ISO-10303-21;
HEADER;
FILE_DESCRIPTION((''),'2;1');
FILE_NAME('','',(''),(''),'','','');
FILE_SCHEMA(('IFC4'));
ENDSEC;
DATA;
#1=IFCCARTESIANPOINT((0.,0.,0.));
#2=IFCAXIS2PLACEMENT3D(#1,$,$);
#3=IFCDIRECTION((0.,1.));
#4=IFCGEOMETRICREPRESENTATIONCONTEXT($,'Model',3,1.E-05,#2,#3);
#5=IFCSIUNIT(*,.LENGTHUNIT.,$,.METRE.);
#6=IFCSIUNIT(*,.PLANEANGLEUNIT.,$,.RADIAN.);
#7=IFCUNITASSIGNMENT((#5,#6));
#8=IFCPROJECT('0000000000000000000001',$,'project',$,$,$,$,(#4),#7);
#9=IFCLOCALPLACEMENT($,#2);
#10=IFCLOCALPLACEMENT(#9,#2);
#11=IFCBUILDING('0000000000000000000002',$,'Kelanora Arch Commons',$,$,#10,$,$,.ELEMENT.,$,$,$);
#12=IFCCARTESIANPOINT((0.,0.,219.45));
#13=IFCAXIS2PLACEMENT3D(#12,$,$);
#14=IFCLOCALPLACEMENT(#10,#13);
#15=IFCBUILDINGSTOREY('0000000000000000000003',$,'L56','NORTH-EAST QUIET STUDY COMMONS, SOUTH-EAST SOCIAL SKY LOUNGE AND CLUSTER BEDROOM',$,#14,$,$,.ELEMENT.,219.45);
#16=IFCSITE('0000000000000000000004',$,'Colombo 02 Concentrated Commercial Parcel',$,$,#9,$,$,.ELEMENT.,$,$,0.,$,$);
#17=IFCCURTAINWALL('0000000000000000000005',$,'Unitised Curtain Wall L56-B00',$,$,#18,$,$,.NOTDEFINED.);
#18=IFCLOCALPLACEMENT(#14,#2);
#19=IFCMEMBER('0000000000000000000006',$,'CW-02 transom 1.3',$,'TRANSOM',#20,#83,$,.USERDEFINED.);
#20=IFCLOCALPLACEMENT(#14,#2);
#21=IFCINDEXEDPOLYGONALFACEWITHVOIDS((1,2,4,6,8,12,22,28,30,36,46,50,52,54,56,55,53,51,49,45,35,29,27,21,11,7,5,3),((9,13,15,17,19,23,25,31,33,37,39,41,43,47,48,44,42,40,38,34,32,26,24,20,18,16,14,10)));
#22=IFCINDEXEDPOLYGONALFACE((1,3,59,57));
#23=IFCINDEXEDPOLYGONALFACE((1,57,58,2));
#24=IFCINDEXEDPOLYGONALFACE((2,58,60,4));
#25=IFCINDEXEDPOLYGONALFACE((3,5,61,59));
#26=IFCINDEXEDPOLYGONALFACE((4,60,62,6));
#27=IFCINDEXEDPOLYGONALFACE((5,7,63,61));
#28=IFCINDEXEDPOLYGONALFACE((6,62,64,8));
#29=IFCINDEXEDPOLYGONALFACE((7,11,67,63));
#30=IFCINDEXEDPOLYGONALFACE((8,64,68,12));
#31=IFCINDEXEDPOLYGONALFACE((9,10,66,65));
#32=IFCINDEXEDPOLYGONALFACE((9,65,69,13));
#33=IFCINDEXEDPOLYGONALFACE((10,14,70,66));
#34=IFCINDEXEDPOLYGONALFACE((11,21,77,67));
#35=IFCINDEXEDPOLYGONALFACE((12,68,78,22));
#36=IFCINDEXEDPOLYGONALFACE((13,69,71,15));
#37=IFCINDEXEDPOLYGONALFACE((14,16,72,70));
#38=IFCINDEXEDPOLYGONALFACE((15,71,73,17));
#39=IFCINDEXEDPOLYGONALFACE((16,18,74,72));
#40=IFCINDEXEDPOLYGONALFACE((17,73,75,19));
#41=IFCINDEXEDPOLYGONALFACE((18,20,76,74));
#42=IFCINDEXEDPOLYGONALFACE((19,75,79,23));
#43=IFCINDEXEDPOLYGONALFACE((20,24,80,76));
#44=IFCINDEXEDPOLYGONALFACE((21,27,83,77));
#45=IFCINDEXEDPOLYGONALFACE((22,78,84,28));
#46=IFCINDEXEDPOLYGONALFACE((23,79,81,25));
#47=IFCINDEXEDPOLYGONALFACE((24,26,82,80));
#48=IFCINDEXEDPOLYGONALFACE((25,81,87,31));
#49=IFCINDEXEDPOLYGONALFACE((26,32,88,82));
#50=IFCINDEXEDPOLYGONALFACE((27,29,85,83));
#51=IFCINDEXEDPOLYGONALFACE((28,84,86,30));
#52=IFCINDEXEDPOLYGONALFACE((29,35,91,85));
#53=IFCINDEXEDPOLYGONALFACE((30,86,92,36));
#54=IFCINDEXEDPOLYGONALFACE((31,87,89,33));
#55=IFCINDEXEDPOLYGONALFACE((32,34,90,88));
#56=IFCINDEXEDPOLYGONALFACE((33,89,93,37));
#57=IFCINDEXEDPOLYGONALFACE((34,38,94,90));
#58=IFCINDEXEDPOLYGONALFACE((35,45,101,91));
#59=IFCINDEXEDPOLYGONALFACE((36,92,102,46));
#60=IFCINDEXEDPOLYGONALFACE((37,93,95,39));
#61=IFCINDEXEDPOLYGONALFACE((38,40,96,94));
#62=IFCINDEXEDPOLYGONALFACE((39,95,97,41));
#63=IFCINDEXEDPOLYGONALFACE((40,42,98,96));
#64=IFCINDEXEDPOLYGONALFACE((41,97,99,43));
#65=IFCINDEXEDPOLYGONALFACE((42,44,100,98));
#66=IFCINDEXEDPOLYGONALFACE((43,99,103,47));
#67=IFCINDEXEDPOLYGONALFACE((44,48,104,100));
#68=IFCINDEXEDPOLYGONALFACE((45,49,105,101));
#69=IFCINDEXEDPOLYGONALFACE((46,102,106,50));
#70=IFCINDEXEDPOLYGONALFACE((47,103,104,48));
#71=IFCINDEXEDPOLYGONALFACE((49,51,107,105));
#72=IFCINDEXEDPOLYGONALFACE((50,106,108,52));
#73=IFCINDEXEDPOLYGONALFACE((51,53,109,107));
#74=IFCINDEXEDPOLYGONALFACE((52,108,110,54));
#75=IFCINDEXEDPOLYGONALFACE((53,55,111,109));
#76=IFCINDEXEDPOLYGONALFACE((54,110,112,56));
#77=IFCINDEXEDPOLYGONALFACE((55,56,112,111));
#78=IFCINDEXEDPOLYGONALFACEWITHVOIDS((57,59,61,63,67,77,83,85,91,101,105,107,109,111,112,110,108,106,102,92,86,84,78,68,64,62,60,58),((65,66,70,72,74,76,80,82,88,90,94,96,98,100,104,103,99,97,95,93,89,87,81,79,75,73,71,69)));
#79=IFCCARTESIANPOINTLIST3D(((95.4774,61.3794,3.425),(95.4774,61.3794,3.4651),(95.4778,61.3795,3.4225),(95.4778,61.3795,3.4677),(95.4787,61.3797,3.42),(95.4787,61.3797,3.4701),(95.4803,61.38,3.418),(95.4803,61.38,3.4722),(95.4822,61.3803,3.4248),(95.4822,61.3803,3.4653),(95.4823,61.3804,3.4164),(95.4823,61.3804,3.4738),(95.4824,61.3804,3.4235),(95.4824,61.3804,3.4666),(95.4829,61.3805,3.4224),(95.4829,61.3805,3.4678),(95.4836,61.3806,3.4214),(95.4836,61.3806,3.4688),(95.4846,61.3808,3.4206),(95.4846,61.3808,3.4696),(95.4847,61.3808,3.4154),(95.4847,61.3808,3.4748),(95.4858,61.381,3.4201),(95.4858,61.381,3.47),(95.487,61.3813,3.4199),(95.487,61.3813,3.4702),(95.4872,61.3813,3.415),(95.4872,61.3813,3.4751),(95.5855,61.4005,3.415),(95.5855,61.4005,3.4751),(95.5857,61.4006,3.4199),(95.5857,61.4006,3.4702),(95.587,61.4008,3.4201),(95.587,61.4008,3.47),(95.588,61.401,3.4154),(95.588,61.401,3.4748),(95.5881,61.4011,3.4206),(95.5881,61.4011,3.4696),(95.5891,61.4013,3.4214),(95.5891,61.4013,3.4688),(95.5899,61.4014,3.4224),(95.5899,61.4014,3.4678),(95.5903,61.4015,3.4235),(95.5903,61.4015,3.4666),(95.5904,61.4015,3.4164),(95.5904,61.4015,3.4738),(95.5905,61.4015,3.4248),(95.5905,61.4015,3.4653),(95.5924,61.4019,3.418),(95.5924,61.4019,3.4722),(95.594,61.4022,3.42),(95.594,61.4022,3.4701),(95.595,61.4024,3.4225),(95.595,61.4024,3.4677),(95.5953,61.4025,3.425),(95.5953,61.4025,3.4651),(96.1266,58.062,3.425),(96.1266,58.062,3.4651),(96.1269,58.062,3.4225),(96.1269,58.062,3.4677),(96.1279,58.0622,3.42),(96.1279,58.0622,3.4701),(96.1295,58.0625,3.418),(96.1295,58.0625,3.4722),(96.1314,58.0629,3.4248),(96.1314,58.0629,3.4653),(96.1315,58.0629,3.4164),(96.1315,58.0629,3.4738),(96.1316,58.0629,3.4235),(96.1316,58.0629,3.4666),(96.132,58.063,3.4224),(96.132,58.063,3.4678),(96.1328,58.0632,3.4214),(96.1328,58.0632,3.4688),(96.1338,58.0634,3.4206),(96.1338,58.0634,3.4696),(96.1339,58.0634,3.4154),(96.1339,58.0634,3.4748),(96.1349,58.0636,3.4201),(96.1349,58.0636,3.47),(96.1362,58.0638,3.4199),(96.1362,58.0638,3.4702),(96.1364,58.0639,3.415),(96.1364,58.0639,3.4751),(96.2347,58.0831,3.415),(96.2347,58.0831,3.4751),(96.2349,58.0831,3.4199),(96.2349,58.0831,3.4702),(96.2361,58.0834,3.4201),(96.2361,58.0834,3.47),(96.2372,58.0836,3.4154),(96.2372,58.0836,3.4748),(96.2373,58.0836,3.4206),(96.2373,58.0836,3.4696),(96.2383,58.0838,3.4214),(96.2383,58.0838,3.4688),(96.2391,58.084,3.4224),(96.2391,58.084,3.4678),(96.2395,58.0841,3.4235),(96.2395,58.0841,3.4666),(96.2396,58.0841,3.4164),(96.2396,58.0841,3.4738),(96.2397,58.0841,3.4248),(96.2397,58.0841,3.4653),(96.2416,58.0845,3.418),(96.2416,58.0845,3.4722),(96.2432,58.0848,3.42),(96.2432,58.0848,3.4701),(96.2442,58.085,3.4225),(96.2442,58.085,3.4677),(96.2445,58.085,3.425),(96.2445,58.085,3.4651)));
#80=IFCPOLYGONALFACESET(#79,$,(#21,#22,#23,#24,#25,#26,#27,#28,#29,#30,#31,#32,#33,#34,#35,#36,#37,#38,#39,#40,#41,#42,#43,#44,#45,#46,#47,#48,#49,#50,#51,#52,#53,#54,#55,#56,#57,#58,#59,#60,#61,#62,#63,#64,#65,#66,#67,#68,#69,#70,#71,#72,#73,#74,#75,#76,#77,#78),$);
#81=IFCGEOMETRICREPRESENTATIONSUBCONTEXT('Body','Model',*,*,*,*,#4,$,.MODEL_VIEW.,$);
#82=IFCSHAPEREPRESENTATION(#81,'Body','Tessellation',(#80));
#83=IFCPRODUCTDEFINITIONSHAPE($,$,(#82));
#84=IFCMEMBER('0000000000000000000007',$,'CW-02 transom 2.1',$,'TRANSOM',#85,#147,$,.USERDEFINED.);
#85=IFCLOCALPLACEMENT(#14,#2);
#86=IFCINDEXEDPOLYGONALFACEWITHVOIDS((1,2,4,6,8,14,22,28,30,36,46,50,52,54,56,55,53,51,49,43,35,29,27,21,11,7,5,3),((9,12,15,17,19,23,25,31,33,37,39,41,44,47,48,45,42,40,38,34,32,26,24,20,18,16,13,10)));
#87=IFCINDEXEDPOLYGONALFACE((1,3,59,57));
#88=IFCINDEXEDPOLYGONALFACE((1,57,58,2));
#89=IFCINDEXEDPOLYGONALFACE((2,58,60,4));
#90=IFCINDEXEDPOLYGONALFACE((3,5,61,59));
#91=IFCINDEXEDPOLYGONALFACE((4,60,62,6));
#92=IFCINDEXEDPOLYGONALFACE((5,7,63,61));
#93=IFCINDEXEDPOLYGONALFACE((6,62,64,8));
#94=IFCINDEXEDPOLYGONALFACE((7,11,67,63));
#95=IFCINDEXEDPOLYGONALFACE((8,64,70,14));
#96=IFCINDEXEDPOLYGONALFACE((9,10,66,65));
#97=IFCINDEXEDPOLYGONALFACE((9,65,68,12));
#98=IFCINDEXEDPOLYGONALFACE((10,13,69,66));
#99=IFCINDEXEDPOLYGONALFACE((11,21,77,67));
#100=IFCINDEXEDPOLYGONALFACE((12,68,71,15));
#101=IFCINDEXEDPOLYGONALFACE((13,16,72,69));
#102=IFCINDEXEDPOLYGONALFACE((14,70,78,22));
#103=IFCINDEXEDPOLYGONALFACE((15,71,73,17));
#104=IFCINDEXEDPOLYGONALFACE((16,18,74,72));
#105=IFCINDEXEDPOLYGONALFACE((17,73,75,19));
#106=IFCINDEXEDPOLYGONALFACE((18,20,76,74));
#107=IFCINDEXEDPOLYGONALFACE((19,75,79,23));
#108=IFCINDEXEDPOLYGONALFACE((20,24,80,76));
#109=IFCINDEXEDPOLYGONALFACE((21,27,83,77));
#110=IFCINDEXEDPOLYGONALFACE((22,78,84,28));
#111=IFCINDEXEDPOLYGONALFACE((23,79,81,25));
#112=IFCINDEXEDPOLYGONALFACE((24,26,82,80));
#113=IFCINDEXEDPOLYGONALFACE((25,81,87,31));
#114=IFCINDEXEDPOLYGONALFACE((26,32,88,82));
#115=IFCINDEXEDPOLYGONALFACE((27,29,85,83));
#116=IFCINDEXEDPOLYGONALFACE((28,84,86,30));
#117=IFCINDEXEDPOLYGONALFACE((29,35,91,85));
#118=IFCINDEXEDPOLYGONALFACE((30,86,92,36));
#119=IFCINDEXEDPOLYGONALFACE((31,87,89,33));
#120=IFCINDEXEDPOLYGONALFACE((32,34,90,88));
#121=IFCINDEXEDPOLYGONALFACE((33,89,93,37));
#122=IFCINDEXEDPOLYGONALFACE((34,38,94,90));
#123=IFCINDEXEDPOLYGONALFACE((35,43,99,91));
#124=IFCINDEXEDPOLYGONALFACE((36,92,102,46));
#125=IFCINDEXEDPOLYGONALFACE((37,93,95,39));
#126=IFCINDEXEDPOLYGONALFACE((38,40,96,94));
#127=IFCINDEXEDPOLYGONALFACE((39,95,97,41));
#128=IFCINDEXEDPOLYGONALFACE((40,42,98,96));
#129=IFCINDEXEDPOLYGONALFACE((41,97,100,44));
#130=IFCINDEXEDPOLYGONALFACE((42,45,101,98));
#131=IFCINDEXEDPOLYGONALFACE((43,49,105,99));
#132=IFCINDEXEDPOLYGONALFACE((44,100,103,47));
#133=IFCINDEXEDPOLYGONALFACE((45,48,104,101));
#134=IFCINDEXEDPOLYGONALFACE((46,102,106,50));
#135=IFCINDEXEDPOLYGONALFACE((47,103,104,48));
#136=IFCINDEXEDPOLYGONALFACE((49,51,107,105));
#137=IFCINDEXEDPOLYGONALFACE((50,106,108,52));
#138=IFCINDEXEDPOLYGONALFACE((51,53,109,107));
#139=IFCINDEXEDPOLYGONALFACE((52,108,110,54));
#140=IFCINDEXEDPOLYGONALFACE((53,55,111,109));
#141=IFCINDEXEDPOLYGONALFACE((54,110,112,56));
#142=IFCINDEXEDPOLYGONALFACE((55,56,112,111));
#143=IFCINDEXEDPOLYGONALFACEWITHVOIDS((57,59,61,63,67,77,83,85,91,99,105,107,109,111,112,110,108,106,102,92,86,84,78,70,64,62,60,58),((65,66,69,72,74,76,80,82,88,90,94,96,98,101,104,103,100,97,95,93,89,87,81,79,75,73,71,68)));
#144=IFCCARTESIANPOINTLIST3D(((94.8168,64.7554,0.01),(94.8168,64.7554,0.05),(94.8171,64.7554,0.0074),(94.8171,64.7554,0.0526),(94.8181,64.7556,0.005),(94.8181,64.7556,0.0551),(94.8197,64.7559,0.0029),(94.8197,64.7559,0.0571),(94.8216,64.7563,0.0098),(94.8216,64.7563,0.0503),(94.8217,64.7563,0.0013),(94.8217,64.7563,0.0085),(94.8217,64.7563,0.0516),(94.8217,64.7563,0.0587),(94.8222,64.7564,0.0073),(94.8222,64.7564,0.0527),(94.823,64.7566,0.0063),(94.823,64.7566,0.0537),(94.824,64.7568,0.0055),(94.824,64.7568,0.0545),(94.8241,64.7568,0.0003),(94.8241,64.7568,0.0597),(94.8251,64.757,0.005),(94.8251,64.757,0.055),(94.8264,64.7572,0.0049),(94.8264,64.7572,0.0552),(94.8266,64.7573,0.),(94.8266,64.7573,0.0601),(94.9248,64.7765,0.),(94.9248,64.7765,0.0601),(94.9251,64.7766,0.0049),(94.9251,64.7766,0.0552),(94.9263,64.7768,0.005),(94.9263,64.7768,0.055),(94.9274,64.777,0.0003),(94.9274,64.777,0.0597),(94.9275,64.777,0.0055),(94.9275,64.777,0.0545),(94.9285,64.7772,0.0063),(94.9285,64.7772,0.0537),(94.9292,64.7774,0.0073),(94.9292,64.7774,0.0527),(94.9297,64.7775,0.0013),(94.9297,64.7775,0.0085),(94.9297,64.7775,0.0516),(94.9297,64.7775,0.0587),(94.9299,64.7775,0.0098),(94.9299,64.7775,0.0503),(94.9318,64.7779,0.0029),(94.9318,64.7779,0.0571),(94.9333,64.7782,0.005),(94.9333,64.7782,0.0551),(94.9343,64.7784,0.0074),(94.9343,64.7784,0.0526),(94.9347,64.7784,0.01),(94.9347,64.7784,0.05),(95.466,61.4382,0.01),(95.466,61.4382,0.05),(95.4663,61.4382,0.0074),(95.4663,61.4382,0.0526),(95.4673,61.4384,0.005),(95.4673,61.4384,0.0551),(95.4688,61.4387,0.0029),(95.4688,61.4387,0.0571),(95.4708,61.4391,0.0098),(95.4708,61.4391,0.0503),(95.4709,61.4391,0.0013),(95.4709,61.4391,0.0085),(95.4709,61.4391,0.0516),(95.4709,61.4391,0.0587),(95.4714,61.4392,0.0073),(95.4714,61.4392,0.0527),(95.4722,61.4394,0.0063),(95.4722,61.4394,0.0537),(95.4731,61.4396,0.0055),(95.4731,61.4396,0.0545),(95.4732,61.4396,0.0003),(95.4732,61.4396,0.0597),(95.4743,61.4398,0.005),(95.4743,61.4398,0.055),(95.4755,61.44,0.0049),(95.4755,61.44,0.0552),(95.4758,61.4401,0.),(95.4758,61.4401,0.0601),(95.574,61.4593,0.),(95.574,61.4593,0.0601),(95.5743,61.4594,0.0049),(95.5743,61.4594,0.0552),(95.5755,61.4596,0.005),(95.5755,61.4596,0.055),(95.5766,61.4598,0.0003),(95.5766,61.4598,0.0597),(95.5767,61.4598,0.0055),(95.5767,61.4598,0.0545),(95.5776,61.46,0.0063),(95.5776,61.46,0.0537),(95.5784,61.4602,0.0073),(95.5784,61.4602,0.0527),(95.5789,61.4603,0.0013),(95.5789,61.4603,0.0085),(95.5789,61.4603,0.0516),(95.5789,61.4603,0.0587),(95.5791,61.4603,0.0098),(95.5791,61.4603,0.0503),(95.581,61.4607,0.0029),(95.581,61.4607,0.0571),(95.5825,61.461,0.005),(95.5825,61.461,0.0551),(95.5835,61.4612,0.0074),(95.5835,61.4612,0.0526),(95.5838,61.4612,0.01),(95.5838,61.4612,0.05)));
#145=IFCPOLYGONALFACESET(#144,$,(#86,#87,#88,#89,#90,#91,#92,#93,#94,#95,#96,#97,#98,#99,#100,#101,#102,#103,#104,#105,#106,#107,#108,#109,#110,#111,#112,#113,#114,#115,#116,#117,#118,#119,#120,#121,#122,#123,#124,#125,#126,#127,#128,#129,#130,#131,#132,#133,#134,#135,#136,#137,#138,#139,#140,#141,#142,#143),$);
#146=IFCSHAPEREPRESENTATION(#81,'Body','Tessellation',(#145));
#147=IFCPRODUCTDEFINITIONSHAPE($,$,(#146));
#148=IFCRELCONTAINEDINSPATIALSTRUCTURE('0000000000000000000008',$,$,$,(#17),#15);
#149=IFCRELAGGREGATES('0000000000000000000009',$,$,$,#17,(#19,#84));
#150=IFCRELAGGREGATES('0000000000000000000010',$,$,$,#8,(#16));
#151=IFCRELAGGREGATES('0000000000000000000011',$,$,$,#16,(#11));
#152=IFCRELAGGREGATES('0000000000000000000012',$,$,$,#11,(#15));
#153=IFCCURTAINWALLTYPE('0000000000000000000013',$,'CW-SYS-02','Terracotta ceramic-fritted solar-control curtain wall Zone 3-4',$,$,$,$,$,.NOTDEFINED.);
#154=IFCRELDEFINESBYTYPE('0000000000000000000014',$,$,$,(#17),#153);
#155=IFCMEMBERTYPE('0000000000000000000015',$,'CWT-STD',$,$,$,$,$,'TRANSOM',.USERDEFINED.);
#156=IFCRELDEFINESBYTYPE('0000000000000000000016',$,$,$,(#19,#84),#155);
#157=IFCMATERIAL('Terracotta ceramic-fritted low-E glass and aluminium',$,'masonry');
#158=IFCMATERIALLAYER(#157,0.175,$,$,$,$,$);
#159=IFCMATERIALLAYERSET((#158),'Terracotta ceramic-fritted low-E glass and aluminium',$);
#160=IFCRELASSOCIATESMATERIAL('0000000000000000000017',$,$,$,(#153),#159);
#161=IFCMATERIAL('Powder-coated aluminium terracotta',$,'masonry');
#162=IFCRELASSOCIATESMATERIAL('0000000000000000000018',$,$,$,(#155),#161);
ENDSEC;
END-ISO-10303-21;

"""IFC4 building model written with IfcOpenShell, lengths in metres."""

from ifc_helpers import new_model, si_unit, direction, frame, origin, origin_2d, place, context, subcontext, project, spatial, hollow_rectangle, extrude, material, layer, layer_set, material_profile, profile_set, type_object, element, aggregate, save


model = new_model("IFC4")

# Units and contexts
model_context = context("Model", 3, precision=1e-05, world=origin(), true_north=direction((0.0, 1.0)))
body_context = subcontext(model_context, "Body", "Model", "MODEL_VIEW")
ifc_project = project(units=[si_unit("LENGTHUNIT", "METRE"), si_unit("PLANEANGLEUNIT", "RADIAN")], contexts=[model_context])

# Site, building, storey
site_placement = place(None, origin())
site = spatial("IfcSite", under=ifc_project, at=site_placement, Name="Colombo 02 Concentrated Commercial Parcel", CompositionType="ELEMENT", RefElevation=0.0)
building_placement = place(site_placement, origin())
building = spatial("IfcBuilding", under=site, at=building_placement, Name="Kelanora Arch Commons", CompositionType="ELEMENT")
storey_placement = place(building_placement, frame((0.0, 0.0, 219.45)))
storey = spatial("IfcBuildingStorey", under=building, at=storey_placement, Name="L56", Description="NORTH-EAST QUIET STUDY COMMONS, SOUTH-EAST SOCIAL SKY LOUNGE AND CLUSTER BEDROOM", CompositionType="ELEMENT", Elevation=219.45)

# Curtain wall, members
ifc_material_1 = material(Name="Terracotta ceramic-fritted low-E glass and aluminium", Category="masonry")
ifc_layer_1 = layer(ifc_material_1, 0.175)
ifc_layer_set_1 = layer_set([ifc_layer_1], Name="Terracotta ceramic-fritted low-E glass and aluminium")
curtain_wall_type = type_object("IfcCurtainWallType", Name="CW-SYS-02", Description="Terracotta ceramic-fritted solar-control curtain wall Zone 3-4", PredefinedType="NOTDEFINED", material=ifc_layer_set_1)
curtain_wall_placement = place(storey_placement, origin())
curtain_wall = element("IfcCurtainWall", 1, at=curtain_wall_placement, inside=storey, type_object=curtain_wall_type, Name="Unitised Curtain Wall L56-B00", PredefinedType="NOTDEFINED")
ifc_material_2 = material(Name="Powder-coated aluminium terracotta", Category="masonry")
ifc_material_profile_1 = material_profile(ifc_material_2, hollow_rectangle(XDim=0.1201, YDim=0.0601, WallThickness=0.0049, InnerFilletRadius=0.0049, OuterFilletRadius=0.01, at=origin_2d()), Name="CWT120x60")
ifc_profile_set_1 = profile_set([ifc_material_profile_1], Name="Powder-coated aluminium terracotta")
member_type_1 = type_object("IfcMemberType", Name="CWT-STD", ElementType="TRANSOM", PredefinedType="USERDEFINED", material=ifc_profile_set_1)
member_1_placement = place(storey_placement, frame((96.1855, 58.0735, 3.4451), z_axis=(-0.192045, 0.981386, 0.0), x_axis=(-0.981386, -0.192045, 0.0)))
member_1 = element("IfcMember", 2, at=member_1_placement, type_object=member_type_1, Name="CW-02 transom 1.3", ObjectType="TRANSOM", PredefinedType="USERDEFINED", context=body_context, shape_type="SweptSolid", body=[
    extrude(hollow_rectangle(XDim=0.1201, YDim=0.0601, WallThickness=0.0049, InnerFilletRadius=0.0049, OuterFilletRadius=0.01, at=origin_2d()), origin(), (0.0, 0.0, 1.0), 3.3804),
])
member_2_placement = place(storey_placement, frame((95.5249, 61.4497, 0.03), z_axis=(-0.192058, 0.981383, 0.0), x_axis=(-0.981383, -0.192058, 0.0)))
member_2 = element("IfcMember", 3, at=member_2_placement, type_object=member_type_1, Name="CW-02 transom 2.1", ObjectType="TRANSOM", PredefinedType="USERDEFINED", context=body_context, shape_type="SweptSolid", body=[
    extrude(hollow_rectangle(XDim=0.1201, YDim=0.0601, WallThickness=0.0049, InnerFilletRadius=0.0049, OuterFilletRadius=0.01, at=origin_2d()), origin(), (0.0, 0.0, 1.0), 3.3801),
])
aggregate(curtain_wall, [member_1, member_2])

save(model, "model.ifc")
